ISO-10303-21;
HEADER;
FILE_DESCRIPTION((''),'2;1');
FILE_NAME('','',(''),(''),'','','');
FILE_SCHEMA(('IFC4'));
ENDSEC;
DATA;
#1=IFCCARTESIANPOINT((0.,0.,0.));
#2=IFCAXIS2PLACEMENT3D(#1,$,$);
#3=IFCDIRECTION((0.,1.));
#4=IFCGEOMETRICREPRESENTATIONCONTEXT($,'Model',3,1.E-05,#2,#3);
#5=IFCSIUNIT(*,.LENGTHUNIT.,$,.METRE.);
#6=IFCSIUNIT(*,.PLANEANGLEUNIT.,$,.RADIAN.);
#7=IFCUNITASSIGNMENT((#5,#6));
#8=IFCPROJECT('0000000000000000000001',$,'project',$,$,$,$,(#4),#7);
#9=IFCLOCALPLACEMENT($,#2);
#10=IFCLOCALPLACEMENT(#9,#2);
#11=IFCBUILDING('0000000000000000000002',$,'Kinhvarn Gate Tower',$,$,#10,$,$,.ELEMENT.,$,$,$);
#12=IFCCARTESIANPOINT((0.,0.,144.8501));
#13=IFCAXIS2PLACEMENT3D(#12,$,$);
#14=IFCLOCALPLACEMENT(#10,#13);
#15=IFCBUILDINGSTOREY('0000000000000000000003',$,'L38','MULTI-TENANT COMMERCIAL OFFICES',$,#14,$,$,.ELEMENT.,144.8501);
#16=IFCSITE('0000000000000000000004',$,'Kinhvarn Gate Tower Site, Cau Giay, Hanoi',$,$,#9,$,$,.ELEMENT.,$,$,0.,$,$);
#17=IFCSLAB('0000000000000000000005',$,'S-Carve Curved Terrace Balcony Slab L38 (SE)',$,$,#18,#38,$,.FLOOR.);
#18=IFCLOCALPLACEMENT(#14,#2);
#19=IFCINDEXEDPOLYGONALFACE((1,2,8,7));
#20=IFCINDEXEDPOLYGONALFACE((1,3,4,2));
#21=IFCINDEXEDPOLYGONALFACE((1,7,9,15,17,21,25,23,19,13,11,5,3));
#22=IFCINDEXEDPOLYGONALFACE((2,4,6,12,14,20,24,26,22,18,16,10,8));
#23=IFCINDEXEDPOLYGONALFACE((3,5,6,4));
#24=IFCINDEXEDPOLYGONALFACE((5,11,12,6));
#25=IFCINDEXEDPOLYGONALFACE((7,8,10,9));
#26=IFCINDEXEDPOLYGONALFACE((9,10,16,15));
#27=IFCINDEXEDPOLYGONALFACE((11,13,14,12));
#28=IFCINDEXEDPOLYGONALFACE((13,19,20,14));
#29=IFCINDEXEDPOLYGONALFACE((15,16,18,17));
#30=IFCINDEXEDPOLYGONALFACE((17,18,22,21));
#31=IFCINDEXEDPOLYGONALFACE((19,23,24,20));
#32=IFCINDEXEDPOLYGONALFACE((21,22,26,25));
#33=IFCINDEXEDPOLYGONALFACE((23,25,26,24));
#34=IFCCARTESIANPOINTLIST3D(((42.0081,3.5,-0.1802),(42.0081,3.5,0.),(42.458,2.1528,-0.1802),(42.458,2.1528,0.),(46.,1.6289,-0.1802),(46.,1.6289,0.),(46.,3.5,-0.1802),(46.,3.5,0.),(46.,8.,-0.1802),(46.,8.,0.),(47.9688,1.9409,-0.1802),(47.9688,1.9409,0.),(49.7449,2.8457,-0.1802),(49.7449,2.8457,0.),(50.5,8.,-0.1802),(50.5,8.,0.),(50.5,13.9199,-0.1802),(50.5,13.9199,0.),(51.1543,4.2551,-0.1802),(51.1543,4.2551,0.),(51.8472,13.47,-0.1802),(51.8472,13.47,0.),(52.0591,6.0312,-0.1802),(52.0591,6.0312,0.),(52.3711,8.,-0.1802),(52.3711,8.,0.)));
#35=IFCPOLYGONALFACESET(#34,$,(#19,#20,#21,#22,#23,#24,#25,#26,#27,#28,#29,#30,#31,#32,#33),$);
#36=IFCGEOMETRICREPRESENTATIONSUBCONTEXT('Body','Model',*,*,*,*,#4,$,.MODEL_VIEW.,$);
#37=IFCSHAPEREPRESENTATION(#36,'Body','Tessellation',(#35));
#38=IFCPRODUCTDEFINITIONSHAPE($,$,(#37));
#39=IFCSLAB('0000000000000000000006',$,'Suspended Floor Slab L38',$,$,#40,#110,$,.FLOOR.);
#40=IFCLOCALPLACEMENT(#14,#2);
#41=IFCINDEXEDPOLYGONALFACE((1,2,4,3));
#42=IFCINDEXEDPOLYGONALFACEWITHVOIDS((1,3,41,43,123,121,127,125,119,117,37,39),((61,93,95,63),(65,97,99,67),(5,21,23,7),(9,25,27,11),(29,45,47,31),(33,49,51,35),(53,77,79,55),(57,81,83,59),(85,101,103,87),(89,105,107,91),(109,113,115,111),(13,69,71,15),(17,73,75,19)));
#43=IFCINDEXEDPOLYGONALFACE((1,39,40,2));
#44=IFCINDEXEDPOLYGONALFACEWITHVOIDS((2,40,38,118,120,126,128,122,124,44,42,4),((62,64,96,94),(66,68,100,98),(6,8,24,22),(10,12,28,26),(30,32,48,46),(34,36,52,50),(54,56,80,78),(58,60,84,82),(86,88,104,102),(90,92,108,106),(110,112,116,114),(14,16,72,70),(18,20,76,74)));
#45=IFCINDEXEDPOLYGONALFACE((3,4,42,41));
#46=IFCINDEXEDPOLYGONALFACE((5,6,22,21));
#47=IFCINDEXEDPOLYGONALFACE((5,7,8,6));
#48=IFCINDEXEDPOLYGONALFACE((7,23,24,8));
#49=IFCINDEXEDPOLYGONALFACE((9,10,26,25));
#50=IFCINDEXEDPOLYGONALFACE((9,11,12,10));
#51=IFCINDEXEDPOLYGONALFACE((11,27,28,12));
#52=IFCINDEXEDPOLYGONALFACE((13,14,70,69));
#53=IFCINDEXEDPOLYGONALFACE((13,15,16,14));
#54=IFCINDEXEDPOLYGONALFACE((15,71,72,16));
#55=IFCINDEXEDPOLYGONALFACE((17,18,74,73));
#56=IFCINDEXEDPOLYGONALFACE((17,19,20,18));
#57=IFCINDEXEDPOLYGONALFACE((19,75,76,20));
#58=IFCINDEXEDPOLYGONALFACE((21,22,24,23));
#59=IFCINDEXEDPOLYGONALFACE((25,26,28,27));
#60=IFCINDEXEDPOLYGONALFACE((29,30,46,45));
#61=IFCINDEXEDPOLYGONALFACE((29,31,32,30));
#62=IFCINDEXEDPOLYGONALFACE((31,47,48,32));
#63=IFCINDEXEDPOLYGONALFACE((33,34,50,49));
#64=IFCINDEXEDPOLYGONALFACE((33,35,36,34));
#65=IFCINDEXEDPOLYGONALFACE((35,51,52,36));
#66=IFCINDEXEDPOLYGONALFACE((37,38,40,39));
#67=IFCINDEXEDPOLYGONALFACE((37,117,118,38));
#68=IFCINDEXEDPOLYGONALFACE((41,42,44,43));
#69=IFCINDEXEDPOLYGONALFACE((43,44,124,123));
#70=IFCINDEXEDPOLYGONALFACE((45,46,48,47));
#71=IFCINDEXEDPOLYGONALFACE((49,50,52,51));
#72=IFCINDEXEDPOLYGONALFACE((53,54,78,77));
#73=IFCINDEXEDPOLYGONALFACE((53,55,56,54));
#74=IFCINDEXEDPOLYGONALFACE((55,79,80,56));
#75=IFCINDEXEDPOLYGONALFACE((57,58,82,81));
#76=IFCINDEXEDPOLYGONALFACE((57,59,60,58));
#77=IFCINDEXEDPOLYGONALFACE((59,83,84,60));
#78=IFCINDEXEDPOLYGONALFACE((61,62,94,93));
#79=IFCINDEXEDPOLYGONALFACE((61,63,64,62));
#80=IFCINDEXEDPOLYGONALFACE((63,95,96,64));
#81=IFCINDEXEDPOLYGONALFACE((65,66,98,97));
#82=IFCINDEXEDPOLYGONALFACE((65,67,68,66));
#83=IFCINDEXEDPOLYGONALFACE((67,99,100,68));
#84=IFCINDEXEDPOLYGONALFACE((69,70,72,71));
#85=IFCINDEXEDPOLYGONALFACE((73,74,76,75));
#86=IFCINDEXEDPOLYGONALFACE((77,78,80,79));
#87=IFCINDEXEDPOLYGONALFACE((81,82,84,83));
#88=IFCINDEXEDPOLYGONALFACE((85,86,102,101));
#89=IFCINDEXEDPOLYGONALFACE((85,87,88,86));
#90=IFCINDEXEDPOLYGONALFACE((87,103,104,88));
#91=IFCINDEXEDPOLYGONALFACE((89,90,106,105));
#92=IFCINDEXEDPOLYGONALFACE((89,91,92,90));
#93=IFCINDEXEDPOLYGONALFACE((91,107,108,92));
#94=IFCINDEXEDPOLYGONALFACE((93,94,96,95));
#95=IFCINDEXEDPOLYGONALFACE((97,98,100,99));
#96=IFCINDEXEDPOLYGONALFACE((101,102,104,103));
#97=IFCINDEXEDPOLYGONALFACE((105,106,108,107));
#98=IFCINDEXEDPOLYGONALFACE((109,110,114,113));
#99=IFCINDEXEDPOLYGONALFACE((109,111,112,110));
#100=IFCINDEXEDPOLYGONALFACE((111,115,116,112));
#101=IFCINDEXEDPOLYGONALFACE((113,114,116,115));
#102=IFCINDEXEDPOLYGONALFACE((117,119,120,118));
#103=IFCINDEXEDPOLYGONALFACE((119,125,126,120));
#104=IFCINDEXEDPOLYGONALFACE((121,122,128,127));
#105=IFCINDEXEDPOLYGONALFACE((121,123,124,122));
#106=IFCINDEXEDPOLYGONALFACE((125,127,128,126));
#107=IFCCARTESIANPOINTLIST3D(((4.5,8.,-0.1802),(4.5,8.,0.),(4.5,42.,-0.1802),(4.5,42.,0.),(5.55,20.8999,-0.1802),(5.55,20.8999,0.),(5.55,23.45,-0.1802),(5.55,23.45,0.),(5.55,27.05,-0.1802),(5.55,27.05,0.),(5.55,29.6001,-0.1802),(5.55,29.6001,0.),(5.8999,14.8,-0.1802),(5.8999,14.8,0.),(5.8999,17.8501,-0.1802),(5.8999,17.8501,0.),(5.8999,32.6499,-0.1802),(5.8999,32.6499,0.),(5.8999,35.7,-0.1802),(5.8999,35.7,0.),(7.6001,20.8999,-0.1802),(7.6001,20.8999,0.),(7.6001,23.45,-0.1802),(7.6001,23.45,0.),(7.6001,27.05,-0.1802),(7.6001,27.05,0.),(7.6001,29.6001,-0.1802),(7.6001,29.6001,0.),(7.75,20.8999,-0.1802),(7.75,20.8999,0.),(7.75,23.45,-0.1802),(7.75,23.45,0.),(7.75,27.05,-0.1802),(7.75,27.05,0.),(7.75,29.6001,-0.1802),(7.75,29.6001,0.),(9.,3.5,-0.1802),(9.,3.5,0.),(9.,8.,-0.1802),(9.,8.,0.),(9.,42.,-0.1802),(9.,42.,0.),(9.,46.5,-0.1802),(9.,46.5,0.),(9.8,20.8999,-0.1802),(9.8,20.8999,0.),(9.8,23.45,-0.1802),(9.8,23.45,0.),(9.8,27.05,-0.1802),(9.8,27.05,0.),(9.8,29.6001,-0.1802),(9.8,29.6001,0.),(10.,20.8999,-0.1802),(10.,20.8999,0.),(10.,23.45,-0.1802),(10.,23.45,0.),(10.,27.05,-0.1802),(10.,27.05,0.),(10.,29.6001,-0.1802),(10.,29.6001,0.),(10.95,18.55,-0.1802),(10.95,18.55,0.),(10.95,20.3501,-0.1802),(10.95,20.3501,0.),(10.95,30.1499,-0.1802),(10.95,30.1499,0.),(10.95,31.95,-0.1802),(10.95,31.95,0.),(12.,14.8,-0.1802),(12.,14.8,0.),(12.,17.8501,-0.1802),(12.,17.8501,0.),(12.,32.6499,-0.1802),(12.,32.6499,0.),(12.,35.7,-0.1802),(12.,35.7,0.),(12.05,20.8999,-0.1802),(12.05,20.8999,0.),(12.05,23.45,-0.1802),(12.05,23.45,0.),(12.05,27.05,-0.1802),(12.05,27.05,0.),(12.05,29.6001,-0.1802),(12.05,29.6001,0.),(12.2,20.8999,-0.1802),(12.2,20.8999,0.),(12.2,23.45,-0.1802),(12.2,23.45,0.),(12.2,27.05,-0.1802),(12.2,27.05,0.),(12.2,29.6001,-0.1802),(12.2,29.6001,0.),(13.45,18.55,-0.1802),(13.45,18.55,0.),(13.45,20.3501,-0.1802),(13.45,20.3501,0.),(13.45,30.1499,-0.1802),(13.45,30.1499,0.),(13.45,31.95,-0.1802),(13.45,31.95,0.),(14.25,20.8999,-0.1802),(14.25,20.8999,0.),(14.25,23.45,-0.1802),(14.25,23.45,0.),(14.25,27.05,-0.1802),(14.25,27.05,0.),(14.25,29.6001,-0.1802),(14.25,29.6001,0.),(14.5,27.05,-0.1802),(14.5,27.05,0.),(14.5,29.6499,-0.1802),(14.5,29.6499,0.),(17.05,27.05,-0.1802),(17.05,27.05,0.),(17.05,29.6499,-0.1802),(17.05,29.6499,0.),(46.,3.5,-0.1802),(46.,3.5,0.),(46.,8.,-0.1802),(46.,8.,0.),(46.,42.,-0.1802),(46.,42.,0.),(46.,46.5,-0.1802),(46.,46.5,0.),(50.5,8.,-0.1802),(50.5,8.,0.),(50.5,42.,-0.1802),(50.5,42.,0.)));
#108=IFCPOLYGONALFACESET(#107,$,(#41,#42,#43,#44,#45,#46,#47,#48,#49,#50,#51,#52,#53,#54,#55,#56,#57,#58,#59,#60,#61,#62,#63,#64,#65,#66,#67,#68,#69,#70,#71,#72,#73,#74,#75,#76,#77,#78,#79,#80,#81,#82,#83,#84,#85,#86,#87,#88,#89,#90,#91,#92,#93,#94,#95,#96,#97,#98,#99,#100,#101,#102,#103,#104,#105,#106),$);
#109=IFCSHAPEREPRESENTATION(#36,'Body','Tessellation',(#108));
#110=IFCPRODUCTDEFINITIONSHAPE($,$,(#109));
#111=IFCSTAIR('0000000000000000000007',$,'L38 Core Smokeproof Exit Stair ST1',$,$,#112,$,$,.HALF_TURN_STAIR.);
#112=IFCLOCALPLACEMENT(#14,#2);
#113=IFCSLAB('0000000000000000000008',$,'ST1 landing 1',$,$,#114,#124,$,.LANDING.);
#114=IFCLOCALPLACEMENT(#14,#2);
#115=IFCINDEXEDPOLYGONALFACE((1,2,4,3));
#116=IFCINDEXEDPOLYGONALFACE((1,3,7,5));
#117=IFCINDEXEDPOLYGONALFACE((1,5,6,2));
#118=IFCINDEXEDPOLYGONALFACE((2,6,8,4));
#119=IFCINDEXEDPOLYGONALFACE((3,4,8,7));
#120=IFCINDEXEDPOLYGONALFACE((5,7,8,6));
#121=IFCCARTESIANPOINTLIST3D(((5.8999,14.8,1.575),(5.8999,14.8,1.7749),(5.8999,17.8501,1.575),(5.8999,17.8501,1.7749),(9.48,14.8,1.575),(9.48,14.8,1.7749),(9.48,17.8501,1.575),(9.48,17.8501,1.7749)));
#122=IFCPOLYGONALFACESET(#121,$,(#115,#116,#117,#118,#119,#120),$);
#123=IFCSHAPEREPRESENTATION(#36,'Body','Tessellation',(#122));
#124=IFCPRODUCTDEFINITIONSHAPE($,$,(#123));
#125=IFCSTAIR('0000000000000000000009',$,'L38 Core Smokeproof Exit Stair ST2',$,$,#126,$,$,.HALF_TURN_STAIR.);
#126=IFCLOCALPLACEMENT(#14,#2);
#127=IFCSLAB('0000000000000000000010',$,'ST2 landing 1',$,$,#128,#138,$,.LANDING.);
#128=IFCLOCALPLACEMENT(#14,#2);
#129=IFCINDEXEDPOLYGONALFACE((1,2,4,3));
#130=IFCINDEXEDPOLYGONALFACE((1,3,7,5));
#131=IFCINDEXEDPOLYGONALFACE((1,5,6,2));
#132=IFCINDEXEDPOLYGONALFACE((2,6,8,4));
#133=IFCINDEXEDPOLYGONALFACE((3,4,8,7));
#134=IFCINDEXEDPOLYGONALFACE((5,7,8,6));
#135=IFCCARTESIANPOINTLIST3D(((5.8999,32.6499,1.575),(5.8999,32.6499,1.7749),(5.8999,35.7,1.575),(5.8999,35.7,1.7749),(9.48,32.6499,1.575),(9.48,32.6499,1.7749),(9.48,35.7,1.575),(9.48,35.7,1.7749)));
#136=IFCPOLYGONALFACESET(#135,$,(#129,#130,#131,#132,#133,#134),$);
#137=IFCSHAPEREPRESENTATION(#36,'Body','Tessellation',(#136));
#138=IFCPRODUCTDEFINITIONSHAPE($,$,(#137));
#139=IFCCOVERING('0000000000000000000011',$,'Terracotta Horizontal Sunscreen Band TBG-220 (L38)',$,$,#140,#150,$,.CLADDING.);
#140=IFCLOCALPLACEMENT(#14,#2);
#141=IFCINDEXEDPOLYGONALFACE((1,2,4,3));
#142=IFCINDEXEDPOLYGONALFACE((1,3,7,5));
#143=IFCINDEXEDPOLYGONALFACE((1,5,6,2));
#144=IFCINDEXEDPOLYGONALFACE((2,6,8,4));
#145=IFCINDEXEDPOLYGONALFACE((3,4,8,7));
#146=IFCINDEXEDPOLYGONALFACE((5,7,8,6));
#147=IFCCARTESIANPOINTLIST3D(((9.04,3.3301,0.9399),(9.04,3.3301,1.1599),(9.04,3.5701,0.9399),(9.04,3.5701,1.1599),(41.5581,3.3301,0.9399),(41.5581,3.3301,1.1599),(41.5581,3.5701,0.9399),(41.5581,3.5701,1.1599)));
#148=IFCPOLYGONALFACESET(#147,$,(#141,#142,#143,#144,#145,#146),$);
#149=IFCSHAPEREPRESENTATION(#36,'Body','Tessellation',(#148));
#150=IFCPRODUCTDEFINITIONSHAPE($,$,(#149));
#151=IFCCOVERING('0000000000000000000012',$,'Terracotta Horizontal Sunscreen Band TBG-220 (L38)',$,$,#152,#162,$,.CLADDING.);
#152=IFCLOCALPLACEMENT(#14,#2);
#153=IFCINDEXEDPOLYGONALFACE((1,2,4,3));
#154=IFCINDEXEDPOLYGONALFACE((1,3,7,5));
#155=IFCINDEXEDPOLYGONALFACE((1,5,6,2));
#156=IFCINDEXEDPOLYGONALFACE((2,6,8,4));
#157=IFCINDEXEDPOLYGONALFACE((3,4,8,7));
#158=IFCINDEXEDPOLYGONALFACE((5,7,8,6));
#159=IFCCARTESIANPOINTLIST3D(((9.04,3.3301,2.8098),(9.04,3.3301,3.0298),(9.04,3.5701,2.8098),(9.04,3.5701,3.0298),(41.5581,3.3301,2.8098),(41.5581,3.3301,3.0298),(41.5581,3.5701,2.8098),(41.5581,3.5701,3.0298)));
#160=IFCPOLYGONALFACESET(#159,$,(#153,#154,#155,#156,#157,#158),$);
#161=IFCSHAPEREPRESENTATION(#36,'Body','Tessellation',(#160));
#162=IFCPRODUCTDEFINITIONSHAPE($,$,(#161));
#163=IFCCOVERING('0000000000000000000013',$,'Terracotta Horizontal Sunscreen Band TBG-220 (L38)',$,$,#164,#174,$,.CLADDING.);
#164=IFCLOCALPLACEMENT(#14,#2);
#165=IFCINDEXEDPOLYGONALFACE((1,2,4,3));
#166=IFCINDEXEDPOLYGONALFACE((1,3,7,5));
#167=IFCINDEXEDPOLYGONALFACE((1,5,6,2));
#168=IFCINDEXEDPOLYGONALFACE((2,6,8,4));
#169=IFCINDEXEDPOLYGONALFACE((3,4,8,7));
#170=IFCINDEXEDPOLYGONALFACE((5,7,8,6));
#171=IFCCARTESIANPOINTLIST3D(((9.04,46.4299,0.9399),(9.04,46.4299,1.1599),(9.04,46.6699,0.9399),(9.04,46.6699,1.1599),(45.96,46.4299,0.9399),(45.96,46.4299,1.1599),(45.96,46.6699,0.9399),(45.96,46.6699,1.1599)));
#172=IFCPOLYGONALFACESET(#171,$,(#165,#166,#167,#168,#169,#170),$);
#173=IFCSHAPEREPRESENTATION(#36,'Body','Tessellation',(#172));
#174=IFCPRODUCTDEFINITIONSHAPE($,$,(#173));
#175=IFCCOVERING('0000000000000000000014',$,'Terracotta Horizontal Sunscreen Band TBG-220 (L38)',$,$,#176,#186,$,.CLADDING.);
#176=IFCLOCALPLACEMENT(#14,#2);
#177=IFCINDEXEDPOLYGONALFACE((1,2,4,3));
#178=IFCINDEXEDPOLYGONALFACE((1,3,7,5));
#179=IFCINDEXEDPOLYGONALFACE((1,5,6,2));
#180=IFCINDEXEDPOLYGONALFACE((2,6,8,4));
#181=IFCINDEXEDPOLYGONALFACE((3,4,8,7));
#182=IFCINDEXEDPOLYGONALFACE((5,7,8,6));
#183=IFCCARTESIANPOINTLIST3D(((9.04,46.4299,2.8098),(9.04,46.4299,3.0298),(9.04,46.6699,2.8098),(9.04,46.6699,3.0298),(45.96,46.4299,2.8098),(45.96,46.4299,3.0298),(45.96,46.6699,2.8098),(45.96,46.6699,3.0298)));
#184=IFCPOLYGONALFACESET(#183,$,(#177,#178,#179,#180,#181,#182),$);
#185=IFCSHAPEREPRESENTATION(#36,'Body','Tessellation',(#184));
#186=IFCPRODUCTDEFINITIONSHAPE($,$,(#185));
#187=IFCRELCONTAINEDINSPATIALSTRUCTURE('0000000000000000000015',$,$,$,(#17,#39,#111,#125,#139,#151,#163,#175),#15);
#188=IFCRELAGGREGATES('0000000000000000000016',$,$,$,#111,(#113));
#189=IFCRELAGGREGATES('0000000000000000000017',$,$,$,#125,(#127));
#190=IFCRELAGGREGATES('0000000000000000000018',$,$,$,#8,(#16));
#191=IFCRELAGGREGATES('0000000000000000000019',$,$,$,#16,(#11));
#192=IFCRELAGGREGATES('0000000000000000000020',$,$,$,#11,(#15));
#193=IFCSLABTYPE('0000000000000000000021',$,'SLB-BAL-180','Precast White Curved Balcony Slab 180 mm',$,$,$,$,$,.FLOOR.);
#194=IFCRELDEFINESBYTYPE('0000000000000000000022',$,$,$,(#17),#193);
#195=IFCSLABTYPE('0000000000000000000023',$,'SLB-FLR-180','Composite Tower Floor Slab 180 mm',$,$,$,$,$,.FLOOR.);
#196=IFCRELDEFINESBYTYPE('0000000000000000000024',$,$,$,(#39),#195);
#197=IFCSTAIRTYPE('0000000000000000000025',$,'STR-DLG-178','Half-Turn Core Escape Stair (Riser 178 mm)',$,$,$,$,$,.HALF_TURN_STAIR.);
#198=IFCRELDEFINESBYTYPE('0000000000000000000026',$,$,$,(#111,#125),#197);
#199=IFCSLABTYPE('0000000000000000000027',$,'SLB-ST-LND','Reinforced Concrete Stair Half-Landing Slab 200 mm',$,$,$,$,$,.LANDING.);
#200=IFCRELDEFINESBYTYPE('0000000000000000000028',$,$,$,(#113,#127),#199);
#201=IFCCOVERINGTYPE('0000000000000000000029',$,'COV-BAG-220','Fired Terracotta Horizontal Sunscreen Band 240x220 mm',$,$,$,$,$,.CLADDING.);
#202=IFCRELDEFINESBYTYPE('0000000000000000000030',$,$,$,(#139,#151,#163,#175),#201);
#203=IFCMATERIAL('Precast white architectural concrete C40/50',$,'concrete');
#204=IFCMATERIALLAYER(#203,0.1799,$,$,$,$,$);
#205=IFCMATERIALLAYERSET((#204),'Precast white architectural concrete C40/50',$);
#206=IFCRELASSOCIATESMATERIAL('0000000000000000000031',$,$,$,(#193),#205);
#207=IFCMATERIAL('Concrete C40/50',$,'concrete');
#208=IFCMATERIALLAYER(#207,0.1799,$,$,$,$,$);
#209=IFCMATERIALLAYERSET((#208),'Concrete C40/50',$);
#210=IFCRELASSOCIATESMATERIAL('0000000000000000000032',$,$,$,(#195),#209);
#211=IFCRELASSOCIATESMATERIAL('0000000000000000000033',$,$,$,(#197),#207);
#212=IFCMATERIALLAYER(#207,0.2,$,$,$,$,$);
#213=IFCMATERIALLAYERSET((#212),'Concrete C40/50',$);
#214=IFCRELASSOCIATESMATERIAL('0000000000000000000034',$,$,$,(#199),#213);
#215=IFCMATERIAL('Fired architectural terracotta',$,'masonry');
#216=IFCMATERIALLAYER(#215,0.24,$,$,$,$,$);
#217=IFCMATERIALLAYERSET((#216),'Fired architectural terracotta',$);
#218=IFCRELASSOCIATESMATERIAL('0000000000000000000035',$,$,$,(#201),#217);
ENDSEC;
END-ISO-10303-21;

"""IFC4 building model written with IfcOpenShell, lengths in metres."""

from ifc_helpers import new_model, si_unit, direction, frame, origin, place, context, subcontext, project, spatial, polyline, outline, extrude, material, layer, layer_set, type_object, element, aggregate, save


model = new_model("IFC4")

# Units and contexts
model_context = context("Model", 3, precision=1e-05, world=origin(), true_north=direction((0.0, 1.0)))
body_context = subcontext(model_context, "Body", "Model", "MODEL_VIEW")
ifc_project = project(units=[si_unit("LENGTHUNIT", "METRE"), si_unit("PLANEANGLEUNIT", "RADIAN")], contexts=[model_context])

# Site, building, storey
site_placement = place(None, origin())
site = spatial("IfcSite", under=ifc_project, at=site_placement, Name="Kinhvarn Gate Tower Site, Cau Giay, Hanoi", CompositionType="ELEMENT", RefElevation=0.0)
building_placement = place(site_placement, origin())
building = spatial("IfcBuilding", under=site, at=building_placement, Name="Kinhvarn Gate Tower", CompositionType="ELEMENT")
storey_placement = place(building_placement, frame((0.0, 0.0, 144.8501)))
storey = spatial("IfcBuildingStorey", under=building, at=storey_placement, Name="L38", Description="MULTI-TENANT COMMERCIAL OFFICES", CompositionType="ELEMENT", Elevation=144.8501)

# Slabs
ifc_material_1 = material(Name="Precast white architectural concrete C40/50", Category="concrete")
ifc_layer_1 = layer(ifc_material_1, 0.1799)
ifc_layer_set_1 = layer_set([ifc_layer_1], Name="Precast white architectural concrete C40/50")
slab_type_1 = type_object("IfcSlabType", Name="SLB-BAL-180", Description="Precast White Curved Balcony Slab 180 mm", PredefinedType="FLOOR", material=ifc_layer_set_1)
slab_1_placement = place(storey_placement, frame((0.0, 0.0, -0.1802)))
element("IfcSlab", 1, at=slab_1_placement, inside=storey, type_object=slab_type_1, Name="S-Carve Curved Terrace Balcony Slab L38 (SE)", PredefinedType="FLOOR", context=body_context, shape_type="SweptSolid", body=[
    extrude(outline(polyline([(42.0081, 3.5), (42.458, 2.1528), (46.0, 1.6289), (47.9688, 1.9409), (49.7449, 2.8457), (51.1543, 4.2551), (52.0591, 6.0312), (52.3711, 8.0), (51.8472, 13.47), (50.5, 13.9199), (50.5, 8.0), (46.0, 8.0), (46.0, 3.5), (42.0081, 3.5)])), origin(), (0.0, 0.0, 1.0), 0.1802),
])
ifc_material_2 = material(Name="Concrete C40/50", Category="concrete")
ifc_layer_2 = layer(ifc_material_2, 0.1799)
ifc_layer_set_2 = layer_set([ifc_layer_2], Name="Concrete C40/50")
slab_type_2 = type_object("IfcSlabType", Name="SLB-FLR-180", Description="Composite Tower Floor Slab 180 mm", PredefinedType="FLOOR", material=ifc_layer_set_2)
slab_2_placement = place(storey_placement, frame((0.0, 0.0, -0.1802)))
element("IfcSlab", 2, at=slab_2_placement, inside=storey, type_object=slab_type_2, Name="Suspended Floor Slab L38", PredefinedType="FLOOR", context=body_context, shape_type="SweptSolid", body=[
    extrude(outline(polyline([(9.0, 3.5), (46.0, 3.5), (46.0, 8.0), (50.5, 8.0), (50.5, 42.0), (46.0, 42.0), (46.0, 46.5), (9.0, 46.5), (9.0, 42.0), (4.5, 42.0), (4.5, 8.0), (9.0, 8.0), (9.0, 3.5)]), holes=[polyline([(5.8999, 14.8), (12.0, 14.8), (12.0, 17.8501), (5.8999, 17.8501), (5.8999, 14.8)]), polyline([(5.8999, 32.6499), (12.0, 32.6499), (12.0, 35.7), (5.8999, 35.7), (5.8999, 32.6499)]), polyline([(5.55, 20.8999), (7.6001, 20.8999), (7.6001, 23.45), (5.55, 23.45), (5.55, 20.8999)]), polyline([(7.75, 20.8999), (9.8, 20.8999), (9.8, 23.45), (7.75, 23.45), (7.75, 20.8999)]), polyline([(5.55, 27.05), (7.6001, 27.05), (7.6001, 29.6001), (5.55, 29.6001), (5.55, 27.05)]), polyline([(7.75, 27.05), (9.8, 27.05), (9.8, 29.6001), (7.75, 29.6001), (7.75, 27.05)]), polyline([(10.0, 20.8999), (12.05, 20.8999), (12.05, 23.45), (10.0, 23.45), (10.0, 20.8999)]), polyline([(12.2, 20.8999), (14.25, 20.8999), (14.25, 23.45), (12.2, 23.45), (12.2, 20.8999)]), polyline([(10.0, 27.05), (12.05, 27.05), (12.05, 29.6001), (10.0, 29.6001), (10.0, 27.05)]), polyline([(12.2, 27.05), (14.25, 27.05), (14.25, 29.6001), (12.2, 29.6001), (12.2, 27.05)]), polyline([(14.5, 27.05), (17.05, 27.05), (17.05, 29.6499), (14.5, 29.6499), (14.5, 27.05)]), polyline([(10.95, 18.55), (13.45, 18.55), (13.45, 20.3501), (10.95, 20.3501), (10.95, 18.55)]), polyline([(10.95, 30.1499), (13.45, 30.1499), (13.45, 31.95), (10.95, 31.95), (10.95, 30.1499)])]), origin(), (0.0, 0.0, 1.0), 0.1802),
])

# Stairs, slabs
stair_type = type_object("IfcStairType", Name="STR-DLG-178", Description="Half-Turn Core Escape Stair (Riser 178 mm)", PredefinedType="HALF_TURN_STAIR", material=ifc_material_2)
stair_1_placement = place(storey_placement, origin())
stair_1 = element("IfcStair", 3, at=stair_1_placement, inside=storey, type_object=stair_type, Name="L38 Core Smokeproof Exit Stair ST1", PredefinedType="HALF_TURN_STAIR")
ifc_layer_3 = layer(ifc_material_2, 0.2)
ifc_layer_set_3 = layer_set([ifc_layer_3], Name="Concrete C40/50")
slab_type_3 = type_object("IfcSlabType", Name="SLB-ST-LND", Description="Reinforced Concrete Stair Half-Landing Slab 200 mm", PredefinedType="LANDING", material=ifc_layer_set_3)
slab_3_placement = place(storey_placement, frame((0.0, 0.0, 1.575)))
slab_3 = element("IfcSlab", 4, at=slab_3_placement, type_object=slab_type_3, Name="ST1 landing 1", PredefinedType="LANDING", context=body_context, shape_type="SweptSolid", body=[
    extrude(outline(polyline([(9.48, 17.8501), (5.8999, 17.8501), (5.8999, 14.8), (9.48, 14.8), (9.48, 17.8501)])), origin(), (0.0, 0.0, 1.0), 0.2),
])
aggregate(stair_1, [slab_3])
stair_2_placement = place(storey_placement, origin())
stair_2 = element("IfcStair", 5, at=stair_2_placement, inside=storey, type_object=stair_type, Name="L38 Core Smokeproof Exit Stair ST2", PredefinedType="HALF_TURN_STAIR")
slab_4_placement = place(storey_placement, frame((0.0, 0.0, 1.575)))
slab_4 = element("IfcSlab", 6, at=slab_4_placement, type_object=slab_type_3, Name="ST2 landing 1", PredefinedType="LANDING", context=body_context, shape_type="SweptSolid", body=[
    extrude(outline(polyline([(9.48, 35.7), (5.8999, 35.7), (5.8999, 32.6499), (9.48, 32.6499), (9.48, 35.7)])), origin(), (0.0, 0.0, 1.0), 0.2),
])
aggregate(stair_2, [slab_4])

# Coverings
ifc_material_3 = material(Name="Fired architectural terracotta", Category="masonry")
ifc_layer_4 = layer(ifc_material_3, 0.24)
ifc_layer_set_4 = layer_set([ifc_layer_4], Name="Fired architectural terracotta")
covering_type_1 = type_object("IfcCoveringType", Name="COV-BAG-220", Description="Fired Terracotta Horizontal Sunscreen Band 240x220 mm", PredefinedType="CLADDING", material=ifc_layer_set_4)
for number, where, name in (
    (7, (0.0, 0.0, 0.9399), "Terracotta Horizontal Sunscreen Band TBG-220 (L38)"),
    (8, (0.0, 0.0, 2.8098), "Terracotta Horizontal Sunscreen Band TBG-220 (L38)"),
):
    element("IfcCovering", number, at=place(storey_placement, frame(where)), inside=storey, type_object=covering_type_1, Name=name, PredefinedType="CLADDING", context=body_context, shape_type="SweptSolid", body=[
        extrude(outline(polyline([(9.04, 3.5701), (41.5581, 3.5701), (41.5581, 3.3301), (9.04, 3.3301), (9.04, 3.5701)])), origin(), (0.0, 0.0, 1.0), 0.22),
    ])
for number, where, name in (
    (9, (0.0, 0.0, 0.9399), "Terracotta Horizontal Sunscreen Band TBG-220 (L38)"),
    (10, (0.0, 0.0, 2.8098), "Terracotta Horizontal Sunscreen Band TBG-220 (L38)"),
):
    element("IfcCovering", number, at=place(storey_placement, frame(where)), inside=storey, type_object=covering_type_1, Name=name, PredefinedType="CLADDING", context=body_context, shape_type="SweptSolid", body=[
        extrude(outline(polyline([(45.96, 46.4299), (9.04, 46.4299), (9.04, 46.6699), (45.96, 46.6699), (45.96, 46.4299)])), origin(), (0.0, 0.0, 1.0), 0.22),
    ])

save(model, "model.ifc")
